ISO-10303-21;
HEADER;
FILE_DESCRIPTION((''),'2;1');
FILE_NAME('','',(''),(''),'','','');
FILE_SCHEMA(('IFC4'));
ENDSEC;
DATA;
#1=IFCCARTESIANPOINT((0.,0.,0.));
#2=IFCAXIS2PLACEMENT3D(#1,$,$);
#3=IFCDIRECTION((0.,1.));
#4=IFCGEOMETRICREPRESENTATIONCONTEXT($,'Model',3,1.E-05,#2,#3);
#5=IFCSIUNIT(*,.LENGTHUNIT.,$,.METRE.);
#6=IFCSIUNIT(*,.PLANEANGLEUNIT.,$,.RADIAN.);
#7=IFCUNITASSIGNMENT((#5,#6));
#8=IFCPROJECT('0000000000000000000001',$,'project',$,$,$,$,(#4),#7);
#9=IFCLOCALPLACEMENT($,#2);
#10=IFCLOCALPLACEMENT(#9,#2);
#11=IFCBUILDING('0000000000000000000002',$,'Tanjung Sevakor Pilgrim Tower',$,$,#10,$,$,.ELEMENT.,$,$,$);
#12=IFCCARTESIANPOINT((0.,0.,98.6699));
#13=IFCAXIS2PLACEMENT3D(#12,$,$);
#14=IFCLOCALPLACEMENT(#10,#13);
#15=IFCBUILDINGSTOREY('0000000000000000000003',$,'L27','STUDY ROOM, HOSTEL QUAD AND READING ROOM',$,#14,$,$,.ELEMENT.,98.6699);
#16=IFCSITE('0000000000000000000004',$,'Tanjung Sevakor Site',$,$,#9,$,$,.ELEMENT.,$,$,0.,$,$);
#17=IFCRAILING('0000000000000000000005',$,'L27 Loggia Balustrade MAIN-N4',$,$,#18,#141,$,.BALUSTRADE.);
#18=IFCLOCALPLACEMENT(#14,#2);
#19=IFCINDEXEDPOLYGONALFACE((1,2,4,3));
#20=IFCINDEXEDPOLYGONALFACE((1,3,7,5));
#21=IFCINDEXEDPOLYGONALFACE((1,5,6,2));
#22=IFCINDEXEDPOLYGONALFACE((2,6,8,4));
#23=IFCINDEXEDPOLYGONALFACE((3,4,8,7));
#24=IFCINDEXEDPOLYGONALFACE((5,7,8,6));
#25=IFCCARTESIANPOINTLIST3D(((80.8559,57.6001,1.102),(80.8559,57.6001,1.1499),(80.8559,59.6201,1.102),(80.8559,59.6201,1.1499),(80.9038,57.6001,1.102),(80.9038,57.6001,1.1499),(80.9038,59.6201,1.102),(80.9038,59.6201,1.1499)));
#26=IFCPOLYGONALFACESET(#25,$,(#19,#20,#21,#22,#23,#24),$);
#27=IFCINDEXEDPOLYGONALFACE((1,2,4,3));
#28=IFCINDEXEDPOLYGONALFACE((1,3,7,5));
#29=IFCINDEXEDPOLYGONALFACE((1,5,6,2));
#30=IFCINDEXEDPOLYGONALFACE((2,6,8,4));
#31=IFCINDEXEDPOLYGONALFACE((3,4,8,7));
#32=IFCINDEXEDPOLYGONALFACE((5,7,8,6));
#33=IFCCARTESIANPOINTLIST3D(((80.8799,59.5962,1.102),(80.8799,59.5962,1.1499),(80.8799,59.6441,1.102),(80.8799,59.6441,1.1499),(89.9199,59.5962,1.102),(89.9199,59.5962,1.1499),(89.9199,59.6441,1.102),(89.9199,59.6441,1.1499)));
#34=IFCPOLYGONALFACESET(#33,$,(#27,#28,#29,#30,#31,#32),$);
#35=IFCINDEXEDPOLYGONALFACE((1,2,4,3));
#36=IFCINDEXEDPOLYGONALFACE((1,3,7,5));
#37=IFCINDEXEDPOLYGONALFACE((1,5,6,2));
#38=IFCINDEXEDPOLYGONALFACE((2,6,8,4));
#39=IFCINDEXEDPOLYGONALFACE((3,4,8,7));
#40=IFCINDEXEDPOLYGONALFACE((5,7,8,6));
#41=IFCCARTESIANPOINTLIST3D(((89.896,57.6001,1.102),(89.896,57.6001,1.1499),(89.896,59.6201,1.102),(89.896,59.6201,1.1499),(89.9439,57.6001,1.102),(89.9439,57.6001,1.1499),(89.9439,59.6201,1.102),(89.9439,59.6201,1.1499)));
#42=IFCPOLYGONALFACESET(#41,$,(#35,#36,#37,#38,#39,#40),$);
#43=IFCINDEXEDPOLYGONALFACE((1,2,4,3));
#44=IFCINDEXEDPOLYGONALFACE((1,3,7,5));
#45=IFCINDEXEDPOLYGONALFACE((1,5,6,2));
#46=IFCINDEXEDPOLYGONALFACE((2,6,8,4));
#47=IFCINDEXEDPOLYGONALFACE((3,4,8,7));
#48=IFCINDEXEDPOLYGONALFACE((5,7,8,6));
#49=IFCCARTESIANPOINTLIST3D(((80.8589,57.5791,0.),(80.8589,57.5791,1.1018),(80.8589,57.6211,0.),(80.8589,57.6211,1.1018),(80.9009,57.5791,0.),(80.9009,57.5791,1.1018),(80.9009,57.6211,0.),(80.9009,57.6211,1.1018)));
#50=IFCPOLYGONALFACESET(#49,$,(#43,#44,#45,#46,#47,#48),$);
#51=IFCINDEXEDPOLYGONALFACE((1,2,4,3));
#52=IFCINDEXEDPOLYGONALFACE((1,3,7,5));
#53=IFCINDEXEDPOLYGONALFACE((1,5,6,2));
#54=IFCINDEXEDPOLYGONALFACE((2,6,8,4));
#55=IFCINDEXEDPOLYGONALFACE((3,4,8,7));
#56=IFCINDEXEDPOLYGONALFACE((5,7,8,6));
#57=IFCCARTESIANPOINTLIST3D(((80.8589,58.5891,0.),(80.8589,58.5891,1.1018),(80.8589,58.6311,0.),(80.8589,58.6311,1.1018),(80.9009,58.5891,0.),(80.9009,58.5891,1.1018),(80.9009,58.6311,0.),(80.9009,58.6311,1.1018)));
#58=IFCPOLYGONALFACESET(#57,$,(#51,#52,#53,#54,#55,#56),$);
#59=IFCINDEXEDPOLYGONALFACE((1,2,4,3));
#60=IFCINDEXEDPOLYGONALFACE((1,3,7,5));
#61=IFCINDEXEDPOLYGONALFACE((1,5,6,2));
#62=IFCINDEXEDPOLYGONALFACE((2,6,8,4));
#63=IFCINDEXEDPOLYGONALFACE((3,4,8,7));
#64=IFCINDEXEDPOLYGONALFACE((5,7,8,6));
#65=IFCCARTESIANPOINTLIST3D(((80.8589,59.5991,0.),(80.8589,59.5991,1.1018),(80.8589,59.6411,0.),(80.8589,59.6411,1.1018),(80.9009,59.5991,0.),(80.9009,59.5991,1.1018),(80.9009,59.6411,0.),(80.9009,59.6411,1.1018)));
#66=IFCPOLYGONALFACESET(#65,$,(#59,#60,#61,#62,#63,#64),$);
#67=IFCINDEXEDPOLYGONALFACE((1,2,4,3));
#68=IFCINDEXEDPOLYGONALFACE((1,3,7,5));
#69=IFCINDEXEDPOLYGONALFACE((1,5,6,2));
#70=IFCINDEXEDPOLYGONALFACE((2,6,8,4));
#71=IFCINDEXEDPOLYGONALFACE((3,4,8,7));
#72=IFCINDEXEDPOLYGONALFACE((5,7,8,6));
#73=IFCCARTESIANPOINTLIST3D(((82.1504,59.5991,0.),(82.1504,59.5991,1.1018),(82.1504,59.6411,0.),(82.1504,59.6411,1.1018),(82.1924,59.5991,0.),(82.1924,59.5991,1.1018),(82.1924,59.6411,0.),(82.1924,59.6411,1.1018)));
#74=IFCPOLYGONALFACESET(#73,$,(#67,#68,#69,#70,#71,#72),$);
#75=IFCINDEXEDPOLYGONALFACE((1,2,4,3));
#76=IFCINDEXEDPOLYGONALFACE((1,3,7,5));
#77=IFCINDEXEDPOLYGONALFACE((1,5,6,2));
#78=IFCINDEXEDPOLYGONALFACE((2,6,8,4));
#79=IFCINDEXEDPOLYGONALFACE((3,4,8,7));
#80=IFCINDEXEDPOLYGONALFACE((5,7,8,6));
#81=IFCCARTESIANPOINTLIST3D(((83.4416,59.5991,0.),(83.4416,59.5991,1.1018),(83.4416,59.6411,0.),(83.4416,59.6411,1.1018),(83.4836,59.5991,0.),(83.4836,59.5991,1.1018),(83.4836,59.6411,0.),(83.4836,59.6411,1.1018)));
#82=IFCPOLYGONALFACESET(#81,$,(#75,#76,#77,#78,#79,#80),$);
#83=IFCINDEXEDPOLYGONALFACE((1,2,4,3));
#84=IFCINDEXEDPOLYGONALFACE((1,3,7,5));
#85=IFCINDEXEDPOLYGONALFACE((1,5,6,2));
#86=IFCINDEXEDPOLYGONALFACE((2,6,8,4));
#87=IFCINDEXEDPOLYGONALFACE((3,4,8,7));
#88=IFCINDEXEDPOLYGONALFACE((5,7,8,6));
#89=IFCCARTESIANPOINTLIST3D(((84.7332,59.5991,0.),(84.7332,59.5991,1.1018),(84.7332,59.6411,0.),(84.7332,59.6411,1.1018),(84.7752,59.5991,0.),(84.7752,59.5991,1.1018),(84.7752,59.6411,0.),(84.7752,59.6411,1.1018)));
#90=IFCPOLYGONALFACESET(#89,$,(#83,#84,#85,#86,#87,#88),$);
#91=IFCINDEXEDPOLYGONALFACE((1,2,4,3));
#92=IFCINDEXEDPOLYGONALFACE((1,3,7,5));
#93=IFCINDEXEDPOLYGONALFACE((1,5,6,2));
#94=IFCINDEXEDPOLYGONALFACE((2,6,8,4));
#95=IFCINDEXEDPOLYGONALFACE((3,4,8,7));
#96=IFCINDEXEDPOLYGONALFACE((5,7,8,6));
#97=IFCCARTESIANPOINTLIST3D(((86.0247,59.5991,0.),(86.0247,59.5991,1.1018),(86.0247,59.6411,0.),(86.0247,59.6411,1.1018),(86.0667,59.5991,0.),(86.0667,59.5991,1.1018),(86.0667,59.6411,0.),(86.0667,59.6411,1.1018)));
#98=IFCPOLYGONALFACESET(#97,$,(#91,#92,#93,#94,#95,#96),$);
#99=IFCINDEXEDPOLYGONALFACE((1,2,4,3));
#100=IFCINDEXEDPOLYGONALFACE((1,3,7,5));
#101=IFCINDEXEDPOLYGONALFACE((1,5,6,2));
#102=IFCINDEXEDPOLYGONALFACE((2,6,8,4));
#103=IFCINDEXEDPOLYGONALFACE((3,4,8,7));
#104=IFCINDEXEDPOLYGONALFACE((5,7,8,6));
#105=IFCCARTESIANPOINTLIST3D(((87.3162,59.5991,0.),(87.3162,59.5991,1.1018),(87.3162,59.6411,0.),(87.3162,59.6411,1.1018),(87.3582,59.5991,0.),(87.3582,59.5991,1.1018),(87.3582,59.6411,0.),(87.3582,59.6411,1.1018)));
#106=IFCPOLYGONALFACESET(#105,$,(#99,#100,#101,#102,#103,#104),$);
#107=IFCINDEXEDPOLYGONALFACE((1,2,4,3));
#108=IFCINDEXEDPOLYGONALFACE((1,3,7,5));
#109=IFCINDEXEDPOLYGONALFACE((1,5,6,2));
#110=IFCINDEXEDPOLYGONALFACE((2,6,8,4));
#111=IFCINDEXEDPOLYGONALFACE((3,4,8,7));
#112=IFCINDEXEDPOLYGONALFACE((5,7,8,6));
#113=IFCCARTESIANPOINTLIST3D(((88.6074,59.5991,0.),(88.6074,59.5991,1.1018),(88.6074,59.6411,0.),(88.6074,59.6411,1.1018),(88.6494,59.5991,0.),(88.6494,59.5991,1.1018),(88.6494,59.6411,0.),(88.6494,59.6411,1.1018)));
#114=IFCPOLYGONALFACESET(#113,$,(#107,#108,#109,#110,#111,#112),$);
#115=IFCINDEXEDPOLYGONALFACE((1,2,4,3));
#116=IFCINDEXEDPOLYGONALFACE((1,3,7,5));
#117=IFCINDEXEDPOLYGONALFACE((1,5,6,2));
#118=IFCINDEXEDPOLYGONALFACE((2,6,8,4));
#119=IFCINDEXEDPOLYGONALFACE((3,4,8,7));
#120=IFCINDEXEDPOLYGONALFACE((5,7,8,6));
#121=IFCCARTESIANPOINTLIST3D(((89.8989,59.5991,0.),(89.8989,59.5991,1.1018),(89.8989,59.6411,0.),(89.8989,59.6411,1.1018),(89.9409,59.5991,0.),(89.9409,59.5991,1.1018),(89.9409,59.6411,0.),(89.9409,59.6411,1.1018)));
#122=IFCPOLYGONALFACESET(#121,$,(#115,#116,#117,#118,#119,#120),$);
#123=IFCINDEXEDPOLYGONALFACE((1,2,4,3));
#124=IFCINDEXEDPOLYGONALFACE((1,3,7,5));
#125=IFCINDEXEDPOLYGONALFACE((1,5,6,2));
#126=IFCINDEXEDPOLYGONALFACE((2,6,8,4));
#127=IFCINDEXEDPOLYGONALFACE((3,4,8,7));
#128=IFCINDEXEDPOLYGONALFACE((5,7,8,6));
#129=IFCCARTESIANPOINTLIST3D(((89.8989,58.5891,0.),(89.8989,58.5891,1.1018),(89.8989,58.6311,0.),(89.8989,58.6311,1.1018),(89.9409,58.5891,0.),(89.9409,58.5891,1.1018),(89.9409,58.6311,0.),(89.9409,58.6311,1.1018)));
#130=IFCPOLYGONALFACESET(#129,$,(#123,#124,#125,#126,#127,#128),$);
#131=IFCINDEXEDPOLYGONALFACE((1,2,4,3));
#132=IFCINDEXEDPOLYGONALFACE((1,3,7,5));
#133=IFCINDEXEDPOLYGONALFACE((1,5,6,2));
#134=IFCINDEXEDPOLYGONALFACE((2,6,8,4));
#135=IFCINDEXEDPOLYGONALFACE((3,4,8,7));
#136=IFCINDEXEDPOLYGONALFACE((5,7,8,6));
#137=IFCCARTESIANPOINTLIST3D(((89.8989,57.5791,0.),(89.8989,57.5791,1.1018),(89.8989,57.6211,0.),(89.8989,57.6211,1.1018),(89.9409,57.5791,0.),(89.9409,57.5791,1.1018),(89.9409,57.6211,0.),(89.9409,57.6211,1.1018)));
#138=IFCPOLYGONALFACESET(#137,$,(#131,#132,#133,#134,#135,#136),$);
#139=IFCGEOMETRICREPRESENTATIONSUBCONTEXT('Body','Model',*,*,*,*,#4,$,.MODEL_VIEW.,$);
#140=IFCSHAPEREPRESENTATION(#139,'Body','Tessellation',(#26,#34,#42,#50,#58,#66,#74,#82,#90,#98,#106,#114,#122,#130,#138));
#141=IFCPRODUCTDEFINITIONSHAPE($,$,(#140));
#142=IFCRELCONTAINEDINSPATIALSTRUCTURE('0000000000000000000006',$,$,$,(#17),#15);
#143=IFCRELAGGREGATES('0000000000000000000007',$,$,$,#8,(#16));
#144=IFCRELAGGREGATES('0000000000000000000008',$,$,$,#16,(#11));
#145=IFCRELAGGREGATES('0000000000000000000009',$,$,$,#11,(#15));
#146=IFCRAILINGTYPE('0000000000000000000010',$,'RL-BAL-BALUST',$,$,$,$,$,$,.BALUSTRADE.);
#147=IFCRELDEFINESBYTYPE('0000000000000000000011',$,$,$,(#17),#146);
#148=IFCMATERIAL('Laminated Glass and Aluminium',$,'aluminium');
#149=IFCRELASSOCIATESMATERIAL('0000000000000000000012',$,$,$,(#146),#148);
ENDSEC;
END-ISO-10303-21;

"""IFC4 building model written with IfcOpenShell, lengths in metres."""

from ifc_helpers import new_model, si_unit, direction, frame, origin, place, context, subcontext, project, spatial, rectangle, extrude, material, type_object, element, save


model = new_model("IFC4")

# Units and contexts
model_context = context("Model", 3, precision=1e-05, world=origin(), true_north=direction((0.0, 1.0)))
body_context = subcontext(model_context, "Body", "Model", "MODEL_VIEW")
ifc_project = project(units=[si_unit("LENGTHUNIT", "METRE"), si_unit("PLANEANGLEUNIT", "RADIAN")], contexts=[model_context])

# Site, building, storey
site_placement = place(None, origin())
site = spatial("IfcSite", under=ifc_project, at=site_placement, Name="Tanjung Sevakor Site", CompositionType="ELEMENT", RefElevation=0.0)
building_placement = place(site_placement, origin())
building = spatial("IfcBuilding", under=site, at=building_placement, Name="Tanjung Sevakor Pilgrim Tower", CompositionType="ELEMENT")
storey_placement = place(building_placement, frame((0.0, 0.0, 98.6699)))
storey = spatial("IfcBuildingStorey", under=building, at=storey_placement, Name="L27", Description="STUDY ROOM, HOSTEL QUAD AND READING ROOM", CompositionType="ELEMENT", Elevation=98.6699)

# Railing
ifc_material_1 = material(Name="Laminated Glass and Aluminium", Category="aluminium")
railing_type = type_object("IfcRailingType", Name="RL-BAL-BALUST", PredefinedType="BALUSTRADE", material=ifc_material_1)
railing_1_placement = place(storey_placement, frame((80.8799, 57.6001, 0.0)))
element("IfcRailing", 1, at=railing_1_placement, inside=storey, type_object=railing_type, Name="L27 Loggia Balustrade MAIN-N4", PredefinedType="BALUSTRADE", context=body_context, shape_type="SweptSolid", body=[
    extrude(rectangle(XDim=0.0479, YDim=0.0479), frame((0.0, 0.0, 1.126), z_axis=(0.0, 1.0, 0.0), x_axis=(-1.0, 0.0, 0.0)), (0.0, 0.0, 1.0), 2.02),
    extrude(rectangle(XDim=0.0479, YDim=0.0479), frame((0.0, 2.02, 1.126), z_axis=(1.0, 0.0, 0.0), x_axis=(0.0, 1.0, 0.0)), (0.0, 0.0, 1.0), 9.04),
    extrude(rectangle(XDim=0.0479, YDim=0.0479), frame((9.04, 2.02, 1.126), z_axis=(0.0, -1.0, 0.0), x_axis=(1.0, 0.0, 0.0)), (0.0, 0.0, 1.0), 2.02),
    extrude(rectangle(XDim=0.042, YDim=0.042), origin(), (0.0, 0.0, 1.0), 1.1018),
    extrude(rectangle(XDim=0.042, YDim=0.042), frame((0.0, 1.01, 0.0)), (0.0, 0.0, 1.0), 1.1018),
    extrude(rectangle(XDim=0.042, YDim=0.042), frame((0.0, 2.02, 0.0)), (0.0, 0.0, 1.0), 1.1018),
    extrude(rectangle(XDim=0.042, YDim=0.042), frame((1.2915, 2.02, 0.0)), (0.0, 0.0, 1.0), 1.1018),
    extrude(rectangle(XDim=0.042, YDim=0.042), frame((2.5828, 2.02, 0.0)), (0.0, 0.0, 1.0), 1.1018),
    extrude(rectangle(XDim=0.042, YDim=0.042), frame((3.8743, 2.02, 0.0)), (0.0, 0.0, 1.0), 1.1018),
    extrude(rectangle(XDim=0.042, YDim=0.042), frame((5.1658, 2.02, 0.0)), (0.0, 0.0, 1.0), 1.1018),
    extrude(rectangle(XDim=0.042, YDim=0.042), frame((6.4573, 2.02, 0.0)), (0.0, 0.0, 1.0), 1.1018),
    extrude(rectangle(XDim=0.042, YDim=0.042), frame((7.7485, 2.02, 0.0)), (0.0, 0.0, 1.0), 1.1018),
    extrude(rectangle(XDim=0.042, YDim=0.042), frame((9.04, 2.02, 0.0)), (0.0, 0.0, 1.0), 1.1018),
    extrude(rectangle(XDim=0.042, YDim=0.042), frame((9.04, 1.01, 0.0)), (0.0, 0.0, 1.0), 1.1018),
    extrude(rectangle(XDim=0.042, YDim=0.042), frame((9.04, 0.0, 0.0)), (0.0, 0.0, 1.0), 1.1018),
])

save(model, "model.ifc")
